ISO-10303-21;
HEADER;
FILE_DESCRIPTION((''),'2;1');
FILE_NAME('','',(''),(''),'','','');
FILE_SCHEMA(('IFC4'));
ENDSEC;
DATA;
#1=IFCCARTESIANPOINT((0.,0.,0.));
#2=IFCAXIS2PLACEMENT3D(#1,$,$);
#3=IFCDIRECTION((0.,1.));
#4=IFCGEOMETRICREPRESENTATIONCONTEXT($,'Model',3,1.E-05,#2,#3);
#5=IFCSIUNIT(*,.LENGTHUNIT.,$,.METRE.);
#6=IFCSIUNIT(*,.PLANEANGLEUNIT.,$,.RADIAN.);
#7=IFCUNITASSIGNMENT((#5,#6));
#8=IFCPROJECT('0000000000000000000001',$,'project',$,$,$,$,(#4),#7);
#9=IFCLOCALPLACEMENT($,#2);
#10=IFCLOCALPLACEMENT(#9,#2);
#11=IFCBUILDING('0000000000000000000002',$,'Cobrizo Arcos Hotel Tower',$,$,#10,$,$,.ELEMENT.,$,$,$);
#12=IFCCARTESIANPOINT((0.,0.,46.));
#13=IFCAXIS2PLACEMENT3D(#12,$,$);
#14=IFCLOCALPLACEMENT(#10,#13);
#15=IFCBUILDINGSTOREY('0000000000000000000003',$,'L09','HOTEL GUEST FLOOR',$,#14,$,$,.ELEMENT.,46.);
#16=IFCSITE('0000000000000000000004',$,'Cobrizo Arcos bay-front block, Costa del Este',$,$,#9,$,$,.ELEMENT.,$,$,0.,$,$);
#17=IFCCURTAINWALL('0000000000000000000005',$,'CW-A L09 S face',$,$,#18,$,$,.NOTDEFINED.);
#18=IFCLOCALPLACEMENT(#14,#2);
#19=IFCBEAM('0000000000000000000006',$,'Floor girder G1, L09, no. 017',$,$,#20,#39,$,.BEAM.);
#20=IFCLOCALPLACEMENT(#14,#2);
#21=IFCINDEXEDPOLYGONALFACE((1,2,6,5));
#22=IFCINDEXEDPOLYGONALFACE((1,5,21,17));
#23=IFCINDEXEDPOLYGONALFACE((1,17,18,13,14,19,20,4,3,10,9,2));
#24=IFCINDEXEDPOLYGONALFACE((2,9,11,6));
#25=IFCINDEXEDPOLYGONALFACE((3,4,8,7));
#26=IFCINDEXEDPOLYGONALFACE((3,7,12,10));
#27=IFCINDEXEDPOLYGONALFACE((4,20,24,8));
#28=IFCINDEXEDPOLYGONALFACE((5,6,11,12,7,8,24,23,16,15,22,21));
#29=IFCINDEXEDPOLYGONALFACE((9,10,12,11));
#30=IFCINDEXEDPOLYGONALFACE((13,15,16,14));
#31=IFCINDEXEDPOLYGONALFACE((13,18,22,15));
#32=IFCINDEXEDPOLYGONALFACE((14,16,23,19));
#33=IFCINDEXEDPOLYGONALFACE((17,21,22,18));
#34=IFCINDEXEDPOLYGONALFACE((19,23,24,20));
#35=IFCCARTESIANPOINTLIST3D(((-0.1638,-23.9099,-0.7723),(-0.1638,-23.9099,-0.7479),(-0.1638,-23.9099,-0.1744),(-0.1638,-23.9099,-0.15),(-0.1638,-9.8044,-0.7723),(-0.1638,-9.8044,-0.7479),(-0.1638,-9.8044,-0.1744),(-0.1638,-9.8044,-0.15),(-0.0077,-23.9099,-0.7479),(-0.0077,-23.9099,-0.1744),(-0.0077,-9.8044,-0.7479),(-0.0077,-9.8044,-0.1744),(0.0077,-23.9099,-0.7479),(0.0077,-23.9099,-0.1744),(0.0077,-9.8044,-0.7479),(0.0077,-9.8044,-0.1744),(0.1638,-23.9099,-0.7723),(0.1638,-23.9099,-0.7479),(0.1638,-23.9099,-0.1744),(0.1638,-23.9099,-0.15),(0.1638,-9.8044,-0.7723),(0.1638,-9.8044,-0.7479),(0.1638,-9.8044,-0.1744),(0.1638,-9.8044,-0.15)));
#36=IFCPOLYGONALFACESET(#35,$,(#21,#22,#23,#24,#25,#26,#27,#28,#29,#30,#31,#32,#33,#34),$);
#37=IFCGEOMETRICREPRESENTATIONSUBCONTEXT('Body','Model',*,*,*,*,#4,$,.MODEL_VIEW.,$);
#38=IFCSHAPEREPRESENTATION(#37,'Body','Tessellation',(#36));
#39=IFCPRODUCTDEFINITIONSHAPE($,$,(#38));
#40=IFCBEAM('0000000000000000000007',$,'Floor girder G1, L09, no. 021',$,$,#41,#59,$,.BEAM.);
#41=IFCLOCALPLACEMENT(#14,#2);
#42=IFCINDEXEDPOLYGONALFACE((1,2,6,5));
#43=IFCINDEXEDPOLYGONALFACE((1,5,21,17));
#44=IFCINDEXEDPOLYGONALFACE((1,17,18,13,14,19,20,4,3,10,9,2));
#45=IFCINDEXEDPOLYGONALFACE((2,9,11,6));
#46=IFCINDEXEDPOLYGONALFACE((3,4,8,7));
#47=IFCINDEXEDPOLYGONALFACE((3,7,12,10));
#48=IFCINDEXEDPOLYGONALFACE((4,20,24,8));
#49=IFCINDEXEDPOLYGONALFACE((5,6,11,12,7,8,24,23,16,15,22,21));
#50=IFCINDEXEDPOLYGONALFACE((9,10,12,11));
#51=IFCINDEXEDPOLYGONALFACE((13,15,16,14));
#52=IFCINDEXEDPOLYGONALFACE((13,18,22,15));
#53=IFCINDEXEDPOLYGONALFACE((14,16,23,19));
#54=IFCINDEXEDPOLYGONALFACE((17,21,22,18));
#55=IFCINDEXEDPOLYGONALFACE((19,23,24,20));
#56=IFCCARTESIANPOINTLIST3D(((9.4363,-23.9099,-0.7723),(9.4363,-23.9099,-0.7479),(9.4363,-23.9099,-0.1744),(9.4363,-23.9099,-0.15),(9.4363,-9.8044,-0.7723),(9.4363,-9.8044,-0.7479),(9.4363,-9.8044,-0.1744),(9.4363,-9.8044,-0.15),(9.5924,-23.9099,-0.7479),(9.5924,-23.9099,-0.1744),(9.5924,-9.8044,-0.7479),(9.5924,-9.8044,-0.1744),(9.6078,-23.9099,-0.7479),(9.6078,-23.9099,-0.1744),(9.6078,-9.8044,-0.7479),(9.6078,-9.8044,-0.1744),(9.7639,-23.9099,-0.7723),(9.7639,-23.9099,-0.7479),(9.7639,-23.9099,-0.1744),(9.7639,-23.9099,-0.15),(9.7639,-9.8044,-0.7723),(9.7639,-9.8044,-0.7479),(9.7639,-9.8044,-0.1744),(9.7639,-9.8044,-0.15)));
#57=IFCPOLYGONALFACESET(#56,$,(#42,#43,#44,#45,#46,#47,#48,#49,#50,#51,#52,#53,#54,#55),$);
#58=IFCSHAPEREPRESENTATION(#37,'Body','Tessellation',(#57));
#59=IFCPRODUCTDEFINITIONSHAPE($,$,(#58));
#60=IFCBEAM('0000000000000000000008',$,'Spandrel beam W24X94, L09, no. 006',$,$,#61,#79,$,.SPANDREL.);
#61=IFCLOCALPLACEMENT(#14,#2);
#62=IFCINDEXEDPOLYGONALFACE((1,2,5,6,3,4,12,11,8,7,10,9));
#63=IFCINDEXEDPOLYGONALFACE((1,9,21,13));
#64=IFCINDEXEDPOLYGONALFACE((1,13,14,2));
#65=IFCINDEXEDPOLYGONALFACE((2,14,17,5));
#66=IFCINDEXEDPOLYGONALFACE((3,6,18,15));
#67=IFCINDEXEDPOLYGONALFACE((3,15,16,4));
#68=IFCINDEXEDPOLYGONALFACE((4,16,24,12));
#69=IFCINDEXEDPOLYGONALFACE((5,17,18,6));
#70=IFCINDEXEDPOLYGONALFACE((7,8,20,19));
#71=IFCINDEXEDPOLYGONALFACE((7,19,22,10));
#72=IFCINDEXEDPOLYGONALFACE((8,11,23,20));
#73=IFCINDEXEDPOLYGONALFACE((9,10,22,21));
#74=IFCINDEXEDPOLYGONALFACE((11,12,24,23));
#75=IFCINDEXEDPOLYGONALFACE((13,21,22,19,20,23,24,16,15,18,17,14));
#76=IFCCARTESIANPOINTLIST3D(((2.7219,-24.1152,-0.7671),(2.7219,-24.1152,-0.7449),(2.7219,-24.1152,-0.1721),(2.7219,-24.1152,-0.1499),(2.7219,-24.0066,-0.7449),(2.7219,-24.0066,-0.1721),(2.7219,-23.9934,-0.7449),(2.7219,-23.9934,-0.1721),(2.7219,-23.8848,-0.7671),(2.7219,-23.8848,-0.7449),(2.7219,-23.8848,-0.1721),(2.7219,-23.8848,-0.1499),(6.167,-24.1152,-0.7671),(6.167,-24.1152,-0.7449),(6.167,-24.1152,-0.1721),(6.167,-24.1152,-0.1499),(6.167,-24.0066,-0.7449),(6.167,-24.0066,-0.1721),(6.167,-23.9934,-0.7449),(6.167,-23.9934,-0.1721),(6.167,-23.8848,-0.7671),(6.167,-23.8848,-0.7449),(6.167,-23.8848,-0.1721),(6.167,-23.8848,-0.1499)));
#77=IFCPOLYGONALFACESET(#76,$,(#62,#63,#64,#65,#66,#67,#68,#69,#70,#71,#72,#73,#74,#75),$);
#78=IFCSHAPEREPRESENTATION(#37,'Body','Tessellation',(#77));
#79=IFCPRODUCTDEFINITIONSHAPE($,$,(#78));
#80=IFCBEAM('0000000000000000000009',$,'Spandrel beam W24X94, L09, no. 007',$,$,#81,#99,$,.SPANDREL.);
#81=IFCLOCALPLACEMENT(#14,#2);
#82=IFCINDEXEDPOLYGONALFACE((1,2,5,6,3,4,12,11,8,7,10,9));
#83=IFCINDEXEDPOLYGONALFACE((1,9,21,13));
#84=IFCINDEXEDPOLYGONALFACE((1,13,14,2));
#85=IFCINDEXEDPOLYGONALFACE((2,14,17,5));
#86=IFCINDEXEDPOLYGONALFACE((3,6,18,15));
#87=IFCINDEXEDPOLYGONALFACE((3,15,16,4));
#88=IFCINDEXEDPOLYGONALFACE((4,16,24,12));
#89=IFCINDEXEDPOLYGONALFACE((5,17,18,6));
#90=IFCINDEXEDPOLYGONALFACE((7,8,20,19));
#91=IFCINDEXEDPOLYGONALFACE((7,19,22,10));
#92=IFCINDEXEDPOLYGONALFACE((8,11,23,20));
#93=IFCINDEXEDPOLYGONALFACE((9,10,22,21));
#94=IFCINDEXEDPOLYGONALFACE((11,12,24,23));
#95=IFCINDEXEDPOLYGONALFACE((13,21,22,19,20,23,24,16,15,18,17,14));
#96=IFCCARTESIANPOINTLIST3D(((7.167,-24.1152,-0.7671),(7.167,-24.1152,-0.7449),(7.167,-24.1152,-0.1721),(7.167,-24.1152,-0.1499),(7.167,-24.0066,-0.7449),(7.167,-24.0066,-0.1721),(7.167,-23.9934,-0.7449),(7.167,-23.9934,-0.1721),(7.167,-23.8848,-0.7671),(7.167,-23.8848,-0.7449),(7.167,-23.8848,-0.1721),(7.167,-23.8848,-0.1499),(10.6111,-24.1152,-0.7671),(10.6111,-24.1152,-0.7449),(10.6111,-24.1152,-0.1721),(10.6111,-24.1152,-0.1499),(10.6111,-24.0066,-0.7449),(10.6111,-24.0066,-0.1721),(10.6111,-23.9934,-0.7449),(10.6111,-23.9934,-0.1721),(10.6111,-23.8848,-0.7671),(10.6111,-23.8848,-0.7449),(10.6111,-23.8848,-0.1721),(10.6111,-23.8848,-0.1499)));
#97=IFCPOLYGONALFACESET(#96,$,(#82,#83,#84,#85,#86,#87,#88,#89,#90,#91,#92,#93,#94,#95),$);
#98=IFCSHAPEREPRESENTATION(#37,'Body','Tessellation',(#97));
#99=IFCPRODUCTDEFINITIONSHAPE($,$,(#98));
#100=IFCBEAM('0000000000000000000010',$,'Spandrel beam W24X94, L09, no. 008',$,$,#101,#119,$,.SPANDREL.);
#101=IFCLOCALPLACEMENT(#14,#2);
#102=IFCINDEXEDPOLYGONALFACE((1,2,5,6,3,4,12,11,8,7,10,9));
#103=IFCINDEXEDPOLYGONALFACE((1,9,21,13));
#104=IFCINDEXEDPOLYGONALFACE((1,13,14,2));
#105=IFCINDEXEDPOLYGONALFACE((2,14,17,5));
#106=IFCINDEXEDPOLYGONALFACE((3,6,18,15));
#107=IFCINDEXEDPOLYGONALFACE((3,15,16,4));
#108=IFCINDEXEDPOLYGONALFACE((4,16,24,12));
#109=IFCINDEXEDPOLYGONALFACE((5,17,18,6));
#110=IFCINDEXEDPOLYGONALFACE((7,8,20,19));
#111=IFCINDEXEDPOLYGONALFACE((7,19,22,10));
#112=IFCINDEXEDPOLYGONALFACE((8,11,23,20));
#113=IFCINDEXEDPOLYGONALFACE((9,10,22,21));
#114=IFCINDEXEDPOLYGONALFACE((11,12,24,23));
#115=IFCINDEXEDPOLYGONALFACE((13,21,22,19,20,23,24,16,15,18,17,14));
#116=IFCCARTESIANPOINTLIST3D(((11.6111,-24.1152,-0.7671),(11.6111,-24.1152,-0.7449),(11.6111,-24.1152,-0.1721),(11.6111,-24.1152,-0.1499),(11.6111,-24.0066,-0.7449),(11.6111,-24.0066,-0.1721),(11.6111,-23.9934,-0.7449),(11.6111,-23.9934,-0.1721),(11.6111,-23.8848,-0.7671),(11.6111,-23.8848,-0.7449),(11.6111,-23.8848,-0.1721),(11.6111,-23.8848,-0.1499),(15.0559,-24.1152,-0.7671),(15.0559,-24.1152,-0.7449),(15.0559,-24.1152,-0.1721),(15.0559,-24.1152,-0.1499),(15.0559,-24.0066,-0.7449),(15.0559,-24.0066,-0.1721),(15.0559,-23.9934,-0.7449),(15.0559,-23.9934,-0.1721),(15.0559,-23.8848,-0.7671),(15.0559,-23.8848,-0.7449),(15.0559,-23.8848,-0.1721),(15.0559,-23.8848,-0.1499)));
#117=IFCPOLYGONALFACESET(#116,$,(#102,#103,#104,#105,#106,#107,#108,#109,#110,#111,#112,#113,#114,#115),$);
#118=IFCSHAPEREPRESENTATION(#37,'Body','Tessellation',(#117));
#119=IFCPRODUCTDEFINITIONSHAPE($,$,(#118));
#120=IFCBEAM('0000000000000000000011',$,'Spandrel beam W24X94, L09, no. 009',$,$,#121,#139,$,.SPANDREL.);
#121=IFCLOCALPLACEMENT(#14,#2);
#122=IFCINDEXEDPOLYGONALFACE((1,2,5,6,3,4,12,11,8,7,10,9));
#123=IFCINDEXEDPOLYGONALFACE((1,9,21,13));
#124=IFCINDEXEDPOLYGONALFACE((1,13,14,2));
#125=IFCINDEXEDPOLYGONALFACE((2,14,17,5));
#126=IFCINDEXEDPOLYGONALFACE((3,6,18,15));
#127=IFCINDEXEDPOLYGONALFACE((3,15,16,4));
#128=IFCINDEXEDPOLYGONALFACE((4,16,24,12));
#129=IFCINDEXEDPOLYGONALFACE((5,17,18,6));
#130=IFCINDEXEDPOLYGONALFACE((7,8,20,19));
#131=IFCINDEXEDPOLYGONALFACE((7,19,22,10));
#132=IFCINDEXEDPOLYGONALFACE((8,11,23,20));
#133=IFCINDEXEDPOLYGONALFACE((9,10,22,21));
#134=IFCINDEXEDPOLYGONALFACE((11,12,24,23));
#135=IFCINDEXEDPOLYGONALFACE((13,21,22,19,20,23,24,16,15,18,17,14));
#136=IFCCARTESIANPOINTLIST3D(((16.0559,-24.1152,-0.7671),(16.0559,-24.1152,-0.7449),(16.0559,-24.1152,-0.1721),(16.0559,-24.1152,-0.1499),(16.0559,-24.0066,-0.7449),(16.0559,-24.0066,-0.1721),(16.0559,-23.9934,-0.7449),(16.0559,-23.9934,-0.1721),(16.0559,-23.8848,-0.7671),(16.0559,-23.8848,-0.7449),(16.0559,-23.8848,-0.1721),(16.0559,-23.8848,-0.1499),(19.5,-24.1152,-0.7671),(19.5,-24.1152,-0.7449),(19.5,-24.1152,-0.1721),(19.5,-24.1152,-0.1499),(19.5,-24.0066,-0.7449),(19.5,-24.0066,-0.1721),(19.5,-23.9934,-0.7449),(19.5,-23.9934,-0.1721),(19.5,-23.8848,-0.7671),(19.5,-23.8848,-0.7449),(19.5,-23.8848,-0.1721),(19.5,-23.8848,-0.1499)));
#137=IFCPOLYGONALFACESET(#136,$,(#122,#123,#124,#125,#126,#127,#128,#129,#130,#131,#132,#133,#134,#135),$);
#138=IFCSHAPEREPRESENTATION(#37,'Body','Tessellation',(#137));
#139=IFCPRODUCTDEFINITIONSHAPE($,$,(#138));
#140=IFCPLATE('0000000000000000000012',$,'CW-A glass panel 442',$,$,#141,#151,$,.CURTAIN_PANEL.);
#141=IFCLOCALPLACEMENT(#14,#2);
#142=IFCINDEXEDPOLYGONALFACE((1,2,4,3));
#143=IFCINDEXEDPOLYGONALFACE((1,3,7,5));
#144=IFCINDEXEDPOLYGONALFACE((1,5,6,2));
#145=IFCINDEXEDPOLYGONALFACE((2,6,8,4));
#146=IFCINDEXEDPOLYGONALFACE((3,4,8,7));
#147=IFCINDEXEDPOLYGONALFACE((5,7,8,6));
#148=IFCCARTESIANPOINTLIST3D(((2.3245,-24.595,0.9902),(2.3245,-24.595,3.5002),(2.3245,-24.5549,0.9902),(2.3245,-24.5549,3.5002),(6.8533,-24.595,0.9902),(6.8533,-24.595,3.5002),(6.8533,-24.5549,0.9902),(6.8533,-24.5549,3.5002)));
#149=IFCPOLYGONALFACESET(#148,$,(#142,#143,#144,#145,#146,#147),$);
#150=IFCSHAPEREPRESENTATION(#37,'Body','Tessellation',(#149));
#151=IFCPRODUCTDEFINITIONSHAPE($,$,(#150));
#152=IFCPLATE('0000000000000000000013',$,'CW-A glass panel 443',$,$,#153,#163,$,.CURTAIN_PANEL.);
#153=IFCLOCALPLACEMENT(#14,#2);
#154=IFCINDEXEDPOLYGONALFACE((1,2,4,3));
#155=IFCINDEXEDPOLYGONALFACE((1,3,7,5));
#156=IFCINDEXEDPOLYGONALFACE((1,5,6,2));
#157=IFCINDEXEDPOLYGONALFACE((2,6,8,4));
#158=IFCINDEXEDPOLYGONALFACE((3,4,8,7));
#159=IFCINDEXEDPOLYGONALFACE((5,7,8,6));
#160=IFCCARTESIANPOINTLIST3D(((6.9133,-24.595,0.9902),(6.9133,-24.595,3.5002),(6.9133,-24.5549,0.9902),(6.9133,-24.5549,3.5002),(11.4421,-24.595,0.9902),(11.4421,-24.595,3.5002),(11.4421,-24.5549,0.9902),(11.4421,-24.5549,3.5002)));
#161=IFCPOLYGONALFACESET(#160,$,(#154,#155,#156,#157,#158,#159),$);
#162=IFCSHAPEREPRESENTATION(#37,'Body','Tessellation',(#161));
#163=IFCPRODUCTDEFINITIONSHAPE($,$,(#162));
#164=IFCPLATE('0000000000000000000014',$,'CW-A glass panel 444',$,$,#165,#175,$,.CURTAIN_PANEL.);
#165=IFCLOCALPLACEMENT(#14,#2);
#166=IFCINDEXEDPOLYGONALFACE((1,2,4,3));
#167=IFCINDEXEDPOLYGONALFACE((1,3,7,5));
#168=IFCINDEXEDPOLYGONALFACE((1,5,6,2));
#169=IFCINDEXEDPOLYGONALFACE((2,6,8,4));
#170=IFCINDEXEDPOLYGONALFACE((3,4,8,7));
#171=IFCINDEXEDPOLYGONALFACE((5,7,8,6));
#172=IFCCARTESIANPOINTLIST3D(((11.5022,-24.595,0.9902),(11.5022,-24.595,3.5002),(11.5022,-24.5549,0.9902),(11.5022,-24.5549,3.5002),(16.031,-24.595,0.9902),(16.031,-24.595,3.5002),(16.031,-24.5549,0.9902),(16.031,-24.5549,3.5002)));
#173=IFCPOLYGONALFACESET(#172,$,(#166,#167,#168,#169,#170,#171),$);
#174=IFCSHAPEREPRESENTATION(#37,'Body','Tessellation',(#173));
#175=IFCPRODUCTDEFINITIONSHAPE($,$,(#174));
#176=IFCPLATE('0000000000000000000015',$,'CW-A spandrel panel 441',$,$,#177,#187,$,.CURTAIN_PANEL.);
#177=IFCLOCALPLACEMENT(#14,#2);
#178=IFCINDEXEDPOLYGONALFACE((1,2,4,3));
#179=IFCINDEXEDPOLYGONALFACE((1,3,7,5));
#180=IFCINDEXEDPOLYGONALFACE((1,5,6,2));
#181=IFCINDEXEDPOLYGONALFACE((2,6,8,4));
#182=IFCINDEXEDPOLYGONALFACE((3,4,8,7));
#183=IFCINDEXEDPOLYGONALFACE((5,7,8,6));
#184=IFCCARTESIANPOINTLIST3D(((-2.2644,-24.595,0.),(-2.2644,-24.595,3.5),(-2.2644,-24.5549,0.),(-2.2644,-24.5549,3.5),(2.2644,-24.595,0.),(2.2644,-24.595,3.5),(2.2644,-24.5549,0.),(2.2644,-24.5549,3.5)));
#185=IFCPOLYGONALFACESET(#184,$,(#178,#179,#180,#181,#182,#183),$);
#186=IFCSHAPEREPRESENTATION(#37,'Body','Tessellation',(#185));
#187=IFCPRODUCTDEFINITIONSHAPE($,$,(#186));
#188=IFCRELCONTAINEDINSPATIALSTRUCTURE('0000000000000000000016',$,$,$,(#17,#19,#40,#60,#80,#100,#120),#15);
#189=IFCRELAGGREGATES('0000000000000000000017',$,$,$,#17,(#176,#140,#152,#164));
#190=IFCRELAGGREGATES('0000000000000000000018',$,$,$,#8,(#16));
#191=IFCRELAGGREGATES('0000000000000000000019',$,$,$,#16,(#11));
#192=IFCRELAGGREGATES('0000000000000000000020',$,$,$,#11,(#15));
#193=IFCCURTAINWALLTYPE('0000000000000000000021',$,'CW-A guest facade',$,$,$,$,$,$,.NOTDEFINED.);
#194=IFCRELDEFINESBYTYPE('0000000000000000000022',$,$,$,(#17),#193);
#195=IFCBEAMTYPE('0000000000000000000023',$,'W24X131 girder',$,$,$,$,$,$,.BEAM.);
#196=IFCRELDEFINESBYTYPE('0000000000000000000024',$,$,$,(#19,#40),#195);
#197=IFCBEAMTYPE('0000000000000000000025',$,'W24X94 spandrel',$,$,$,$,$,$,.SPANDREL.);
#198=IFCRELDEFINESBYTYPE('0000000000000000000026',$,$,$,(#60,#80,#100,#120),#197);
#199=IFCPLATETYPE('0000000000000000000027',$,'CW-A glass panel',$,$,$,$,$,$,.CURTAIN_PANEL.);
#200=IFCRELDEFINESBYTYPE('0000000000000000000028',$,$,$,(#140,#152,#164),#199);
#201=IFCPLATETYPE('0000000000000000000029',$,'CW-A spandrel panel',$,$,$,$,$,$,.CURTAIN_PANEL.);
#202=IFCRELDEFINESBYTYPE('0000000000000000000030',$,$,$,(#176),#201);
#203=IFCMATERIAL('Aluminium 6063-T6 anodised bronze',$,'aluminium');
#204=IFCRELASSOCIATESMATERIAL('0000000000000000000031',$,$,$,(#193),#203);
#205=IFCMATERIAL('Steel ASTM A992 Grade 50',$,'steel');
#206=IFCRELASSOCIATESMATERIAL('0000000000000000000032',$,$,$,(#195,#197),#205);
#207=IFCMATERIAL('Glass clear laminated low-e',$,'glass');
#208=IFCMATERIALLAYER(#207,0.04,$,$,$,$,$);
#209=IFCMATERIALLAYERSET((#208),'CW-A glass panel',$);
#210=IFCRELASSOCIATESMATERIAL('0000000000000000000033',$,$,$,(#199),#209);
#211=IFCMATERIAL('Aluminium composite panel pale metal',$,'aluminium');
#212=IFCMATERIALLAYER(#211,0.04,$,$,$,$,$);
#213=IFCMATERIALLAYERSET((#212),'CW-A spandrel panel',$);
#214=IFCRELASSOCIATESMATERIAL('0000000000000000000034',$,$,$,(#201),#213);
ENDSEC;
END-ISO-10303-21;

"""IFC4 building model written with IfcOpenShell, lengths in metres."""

from ifc_helpers import new_model, si_unit, direction, frame, origin, origin_2d, place, context, subcontext, project, spatial, rectangle, i_section, extrude, material, layer, layer_set, material_profile, profile_set, type_object, element, aggregate, save


model = new_model("IFC4")

# Units and contexts
model_context = context("Model", 3, precision=1e-05, world=origin(), true_north=direction((0.0, 1.0)))
body_context = subcontext(model_context, "Body", "Model", "MODEL_VIEW")
ifc_project = project(units=[si_unit("LENGTHUNIT", "METRE"), si_unit("PLANEANGLEUNIT", "RADIAN")], contexts=[model_context])

# Site, building, storey
site_placement = place(None, origin())
site = spatial("IfcSite", under=ifc_project, at=site_placement, Name="Cobrizo Arcos bay-front block, Costa del Este", CompositionType="ELEMENT", RefElevation=0.0)
building_placement = place(site_placement, origin())
building = spatial("IfcBuilding", under=site, at=building_placement, Name="Cobrizo Arcos Hotel Tower", CompositionType="ELEMENT")
storey_placement = place(building_placement, frame((0.0, 0.0, 46.0)))
storey = spatial("IfcBuildingStorey", under=building, at=storey_placement, Name="L09", Description="HOTEL GUEST FLOOR", CompositionType="ELEMENT", Elevation=46.0)

# Curtain wall
ifc_material_1 = material(Name="Aluminium 6063-T6 anodised bronze", Category="aluminium")
curtain_wall_type = type_object("IfcCurtainWallType", Name="CW-A guest facade", PredefinedType="NOTDEFINED", material=ifc_material_1)
curtain_wall_placement = place(storey_placement, origin())
curtain_wall = element("IfcCurtainWall", 1, at=curtain_wall_placement, inside=storey, type_object=curtain_wall_type, Name="CW-A L09 S face", PredefinedType="NOTDEFINED")

# Beams
ifc_material_2 = material(Name="Steel ASTM A992 Grade 50", Category="steel")
ifc_material_profile_1 = material_profile(ifc_material_2, i_section(OverallWidth=0.3276, OverallDepth=0.6223, WebThickness=0.0154, FlangeThickness=0.0244, at=origin_2d()), Name="W24X131")
ifc_profile_set_1 = profile_set([ifc_material_profile_1], Name="Steel ASTM A992 Grade 50")
beam_type_1 = type_object("IfcBeamType", Name="W24X131 girder", PredefinedType="BEAM", material=ifc_profile_set_1)
for number, where, z_axis, x_axis, name in (
    (2, (0.0, -23.9099, -0.4612), (0.0, 1.0, 0.0), (-1.0, 0.0, 0.0), "Floor girder G1, L09, no. 017"),
    (3, (9.6001, -23.9099, -0.4612), (0.0, 1.0, 0.0), (-1.0, 0.0, 0.0), "Floor girder G1, L09, no. 021"),
):
    element("IfcBeam", number, at=place(storey_placement, frame(where, z_axis=z_axis, x_axis=x_axis)), inside=storey, type_object=beam_type_1, Name=name, PredefinedType="BEAM", context=body_context, shape_type="SweptSolid", body=[
        extrude(i_section(OverallWidth=0.3276, OverallDepth=0.6223, WebThickness=0.0154, FlangeThickness=0.0244, at=origin_2d()), origin(), (0.0, 0.0, 1.0), 14.1055),
    ])
ifc_material_profile_2 = material_profile(ifc_material_2, i_section(OverallWidth=0.2305, OverallDepth=0.6172, WebThickness=0.0132, FlangeThickness=0.0222, at=origin_2d()), Name="W24X94")
ifc_profile_set_2 = profile_set([ifc_material_profile_2], Name="Steel ASTM A992 Grade 50")
beam_type_2 = type_object("IfcBeamType", Name="W24X94 spandrel", PredefinedType="SPANDREL", material=ifc_profile_set_2)
beam_1_placement = place(storey_placement, frame((2.7219, -24.0, -0.4585), z_axis=(1.0, 0.0, 0.0), x_axis=(0.0, 1.0, 0.0)))
element("IfcBeam", 4, at=beam_1_placement, inside=storey, type_object=beam_type_2, Name="Spandrel beam W24X94, L09, no. 006", PredefinedType="SPANDREL", context=body_context, shape_type="SweptSolid", body=[
    extrude(i_section(OverallWidth=0.2305, OverallDepth=0.6172, WebThickness=0.0132, FlangeThickness=0.0222, at=origin_2d()), origin(), (0.0, 0.0, 1.0), 3.4451),
])
beam_2_placement = place(storey_placement, frame((7.167, -24.0, -0.4585), z_axis=(1.0, 0.0, 0.0), x_axis=(0.0, 1.0, 0.0)))
element("IfcBeam", 5, at=beam_2_placement, inside=storey, type_object=beam_type_2, Name="Spandrel beam W24X94, L09, no. 007", PredefinedType="SPANDREL", context=body_context, shape_type="SweptSolid", body=[
    extrude(i_section(OverallWidth=0.2305, OverallDepth=0.6172, WebThickness=0.0132, FlangeThickness=0.0222, at=origin_2d()), origin(), (0.0, 0.0, 1.0), 3.4441),
])
beam_3_placement = place(storey_placement, frame((11.6111, -24.0, -0.4585), z_axis=(1.0, 0.0, 0.0), x_axis=(0.0, 1.0, 0.0)))
element("IfcBeam", 6, at=beam_3_placement, inside=storey, type_object=beam_type_2, Name="Spandrel beam W24X94, L09, no. 008", PredefinedType="SPANDREL", context=body_context, shape_type="SweptSolid", body=[
    extrude(i_section(OverallWidth=0.2305, OverallDepth=0.6172, WebThickness=0.0132, FlangeThickness=0.0222, at=origin_2d()), origin(), (0.0, 0.0, 1.0), 3.4448),
])
beam_4_placement = place(storey_placement, frame((16.0559, -24.0, -0.4585), z_axis=(1.0, 0.0, 0.0), x_axis=(0.0, 1.0, 0.0)))
element("IfcBeam", 7, at=beam_4_placement, inside=storey, type_object=beam_type_2, Name="Spandrel beam W24X94, L09, no. 009", PredefinedType="SPANDREL", context=body_context, shape_type="SweptSolid", body=[
    extrude(i_section(OverallWidth=0.2305, OverallDepth=0.6172, WebThickness=0.0132, FlangeThickness=0.0222, at=origin_2d()), origin(), (0.0, 0.0, 1.0), 3.4441),
])

# Plates
ifc_material_3 = material(Name="Glass clear laminated low-e", Category="glass")
ifc_layer_1 = layer(ifc_material_3, 0.04)
ifc_layer_set_1 = layer_set([ifc_layer_1], Name="CW-A glass panel")
plate_type_1 = type_object("IfcPlateType", Name="CW-A glass panel", PredefinedType="CURTAIN_PANEL", material=ifc_layer_set_1)
plate_1_placement = place(storey_placement, frame((4.5889, -24.575, 0.9902), z_axis=(0.0, 0.0, 1.0), x_axis=(1.0, 0.0, 0.0)))
plate_1 = element("IfcPlate", 8, at=plate_1_placement, type_object=plate_type_1, Name="CW-A glass panel 442", PredefinedType="CURTAIN_PANEL", context=body_context, shape_type="SweptSolid", body=[
    extrude(rectangle(XDim=4.5288, YDim=0.04, at=origin_2d()), origin(), (0.0, 0.0, 1.0), 2.51),
])
plate_2_placement = place(storey_placement, frame((9.1777, -24.575, 0.9902), z_axis=(0.0, 0.0, 1.0), x_axis=(1.0, 0.0, 0.0)))
plate_2 = element("IfcPlate", 9, at=plate_2_placement, type_object=plate_type_1, Name="CW-A glass panel 443", PredefinedType="CURTAIN_PANEL", context=body_context, shape_type="SweptSolid", body=[
    extrude(rectangle(XDim=4.5288, YDim=0.04, at=origin_2d()), origin(), (0.0, 0.0, 1.0), 2.51),
])
plate_3_placement = place(storey_placement, frame((13.7666, -24.575, 0.9902), z_axis=(0.0, 0.0, 1.0), x_axis=(1.0, 0.0, 0.0)))
plate_3 = element("IfcPlate", 10, at=plate_3_placement, type_object=plate_type_1, Name="CW-A glass panel 444", PredefinedType="CURTAIN_PANEL", context=body_context, shape_type="SweptSolid", body=[
    extrude(rectangle(XDim=4.5288, YDim=0.04, at=origin_2d()), origin(), (0.0, 0.0, 1.0), 2.51),
])
ifc_material_4 = material(Name="Aluminium composite panel pale metal", Category="aluminium")
ifc_layer_2 = layer(ifc_material_4, 0.04)
ifc_layer_set_2 = layer_set([ifc_layer_2], Name="CW-A spandrel panel")
plate_type_2 = type_object("IfcPlateType", Name="CW-A spandrel panel", PredefinedType="CURTAIN_PANEL", material=ifc_layer_set_2)
plate_4_placement = place(storey_placement, frame((0.0, -24.575, 0.0), z_axis=(0.0, 0.0, 1.0), x_axis=(1.0, 0.0, 0.0)))
plate_4 = element("IfcPlate", 11, at=plate_4_placement, type_object=plate_type_2, Name="CW-A spandrel panel 441", PredefinedType="CURTAIN_PANEL", context=body_context, shape_type="SweptSolid", body=[
    extrude(rectangle(XDim=4.5288, YDim=0.04, at=origin_2d()), origin(), (0.0, 0.0, 1.0), 3.5),
])
aggregate(curtain_wall, [plate_4, plate_1, plate_2, plate_3])

save(model, "model.ifc")
